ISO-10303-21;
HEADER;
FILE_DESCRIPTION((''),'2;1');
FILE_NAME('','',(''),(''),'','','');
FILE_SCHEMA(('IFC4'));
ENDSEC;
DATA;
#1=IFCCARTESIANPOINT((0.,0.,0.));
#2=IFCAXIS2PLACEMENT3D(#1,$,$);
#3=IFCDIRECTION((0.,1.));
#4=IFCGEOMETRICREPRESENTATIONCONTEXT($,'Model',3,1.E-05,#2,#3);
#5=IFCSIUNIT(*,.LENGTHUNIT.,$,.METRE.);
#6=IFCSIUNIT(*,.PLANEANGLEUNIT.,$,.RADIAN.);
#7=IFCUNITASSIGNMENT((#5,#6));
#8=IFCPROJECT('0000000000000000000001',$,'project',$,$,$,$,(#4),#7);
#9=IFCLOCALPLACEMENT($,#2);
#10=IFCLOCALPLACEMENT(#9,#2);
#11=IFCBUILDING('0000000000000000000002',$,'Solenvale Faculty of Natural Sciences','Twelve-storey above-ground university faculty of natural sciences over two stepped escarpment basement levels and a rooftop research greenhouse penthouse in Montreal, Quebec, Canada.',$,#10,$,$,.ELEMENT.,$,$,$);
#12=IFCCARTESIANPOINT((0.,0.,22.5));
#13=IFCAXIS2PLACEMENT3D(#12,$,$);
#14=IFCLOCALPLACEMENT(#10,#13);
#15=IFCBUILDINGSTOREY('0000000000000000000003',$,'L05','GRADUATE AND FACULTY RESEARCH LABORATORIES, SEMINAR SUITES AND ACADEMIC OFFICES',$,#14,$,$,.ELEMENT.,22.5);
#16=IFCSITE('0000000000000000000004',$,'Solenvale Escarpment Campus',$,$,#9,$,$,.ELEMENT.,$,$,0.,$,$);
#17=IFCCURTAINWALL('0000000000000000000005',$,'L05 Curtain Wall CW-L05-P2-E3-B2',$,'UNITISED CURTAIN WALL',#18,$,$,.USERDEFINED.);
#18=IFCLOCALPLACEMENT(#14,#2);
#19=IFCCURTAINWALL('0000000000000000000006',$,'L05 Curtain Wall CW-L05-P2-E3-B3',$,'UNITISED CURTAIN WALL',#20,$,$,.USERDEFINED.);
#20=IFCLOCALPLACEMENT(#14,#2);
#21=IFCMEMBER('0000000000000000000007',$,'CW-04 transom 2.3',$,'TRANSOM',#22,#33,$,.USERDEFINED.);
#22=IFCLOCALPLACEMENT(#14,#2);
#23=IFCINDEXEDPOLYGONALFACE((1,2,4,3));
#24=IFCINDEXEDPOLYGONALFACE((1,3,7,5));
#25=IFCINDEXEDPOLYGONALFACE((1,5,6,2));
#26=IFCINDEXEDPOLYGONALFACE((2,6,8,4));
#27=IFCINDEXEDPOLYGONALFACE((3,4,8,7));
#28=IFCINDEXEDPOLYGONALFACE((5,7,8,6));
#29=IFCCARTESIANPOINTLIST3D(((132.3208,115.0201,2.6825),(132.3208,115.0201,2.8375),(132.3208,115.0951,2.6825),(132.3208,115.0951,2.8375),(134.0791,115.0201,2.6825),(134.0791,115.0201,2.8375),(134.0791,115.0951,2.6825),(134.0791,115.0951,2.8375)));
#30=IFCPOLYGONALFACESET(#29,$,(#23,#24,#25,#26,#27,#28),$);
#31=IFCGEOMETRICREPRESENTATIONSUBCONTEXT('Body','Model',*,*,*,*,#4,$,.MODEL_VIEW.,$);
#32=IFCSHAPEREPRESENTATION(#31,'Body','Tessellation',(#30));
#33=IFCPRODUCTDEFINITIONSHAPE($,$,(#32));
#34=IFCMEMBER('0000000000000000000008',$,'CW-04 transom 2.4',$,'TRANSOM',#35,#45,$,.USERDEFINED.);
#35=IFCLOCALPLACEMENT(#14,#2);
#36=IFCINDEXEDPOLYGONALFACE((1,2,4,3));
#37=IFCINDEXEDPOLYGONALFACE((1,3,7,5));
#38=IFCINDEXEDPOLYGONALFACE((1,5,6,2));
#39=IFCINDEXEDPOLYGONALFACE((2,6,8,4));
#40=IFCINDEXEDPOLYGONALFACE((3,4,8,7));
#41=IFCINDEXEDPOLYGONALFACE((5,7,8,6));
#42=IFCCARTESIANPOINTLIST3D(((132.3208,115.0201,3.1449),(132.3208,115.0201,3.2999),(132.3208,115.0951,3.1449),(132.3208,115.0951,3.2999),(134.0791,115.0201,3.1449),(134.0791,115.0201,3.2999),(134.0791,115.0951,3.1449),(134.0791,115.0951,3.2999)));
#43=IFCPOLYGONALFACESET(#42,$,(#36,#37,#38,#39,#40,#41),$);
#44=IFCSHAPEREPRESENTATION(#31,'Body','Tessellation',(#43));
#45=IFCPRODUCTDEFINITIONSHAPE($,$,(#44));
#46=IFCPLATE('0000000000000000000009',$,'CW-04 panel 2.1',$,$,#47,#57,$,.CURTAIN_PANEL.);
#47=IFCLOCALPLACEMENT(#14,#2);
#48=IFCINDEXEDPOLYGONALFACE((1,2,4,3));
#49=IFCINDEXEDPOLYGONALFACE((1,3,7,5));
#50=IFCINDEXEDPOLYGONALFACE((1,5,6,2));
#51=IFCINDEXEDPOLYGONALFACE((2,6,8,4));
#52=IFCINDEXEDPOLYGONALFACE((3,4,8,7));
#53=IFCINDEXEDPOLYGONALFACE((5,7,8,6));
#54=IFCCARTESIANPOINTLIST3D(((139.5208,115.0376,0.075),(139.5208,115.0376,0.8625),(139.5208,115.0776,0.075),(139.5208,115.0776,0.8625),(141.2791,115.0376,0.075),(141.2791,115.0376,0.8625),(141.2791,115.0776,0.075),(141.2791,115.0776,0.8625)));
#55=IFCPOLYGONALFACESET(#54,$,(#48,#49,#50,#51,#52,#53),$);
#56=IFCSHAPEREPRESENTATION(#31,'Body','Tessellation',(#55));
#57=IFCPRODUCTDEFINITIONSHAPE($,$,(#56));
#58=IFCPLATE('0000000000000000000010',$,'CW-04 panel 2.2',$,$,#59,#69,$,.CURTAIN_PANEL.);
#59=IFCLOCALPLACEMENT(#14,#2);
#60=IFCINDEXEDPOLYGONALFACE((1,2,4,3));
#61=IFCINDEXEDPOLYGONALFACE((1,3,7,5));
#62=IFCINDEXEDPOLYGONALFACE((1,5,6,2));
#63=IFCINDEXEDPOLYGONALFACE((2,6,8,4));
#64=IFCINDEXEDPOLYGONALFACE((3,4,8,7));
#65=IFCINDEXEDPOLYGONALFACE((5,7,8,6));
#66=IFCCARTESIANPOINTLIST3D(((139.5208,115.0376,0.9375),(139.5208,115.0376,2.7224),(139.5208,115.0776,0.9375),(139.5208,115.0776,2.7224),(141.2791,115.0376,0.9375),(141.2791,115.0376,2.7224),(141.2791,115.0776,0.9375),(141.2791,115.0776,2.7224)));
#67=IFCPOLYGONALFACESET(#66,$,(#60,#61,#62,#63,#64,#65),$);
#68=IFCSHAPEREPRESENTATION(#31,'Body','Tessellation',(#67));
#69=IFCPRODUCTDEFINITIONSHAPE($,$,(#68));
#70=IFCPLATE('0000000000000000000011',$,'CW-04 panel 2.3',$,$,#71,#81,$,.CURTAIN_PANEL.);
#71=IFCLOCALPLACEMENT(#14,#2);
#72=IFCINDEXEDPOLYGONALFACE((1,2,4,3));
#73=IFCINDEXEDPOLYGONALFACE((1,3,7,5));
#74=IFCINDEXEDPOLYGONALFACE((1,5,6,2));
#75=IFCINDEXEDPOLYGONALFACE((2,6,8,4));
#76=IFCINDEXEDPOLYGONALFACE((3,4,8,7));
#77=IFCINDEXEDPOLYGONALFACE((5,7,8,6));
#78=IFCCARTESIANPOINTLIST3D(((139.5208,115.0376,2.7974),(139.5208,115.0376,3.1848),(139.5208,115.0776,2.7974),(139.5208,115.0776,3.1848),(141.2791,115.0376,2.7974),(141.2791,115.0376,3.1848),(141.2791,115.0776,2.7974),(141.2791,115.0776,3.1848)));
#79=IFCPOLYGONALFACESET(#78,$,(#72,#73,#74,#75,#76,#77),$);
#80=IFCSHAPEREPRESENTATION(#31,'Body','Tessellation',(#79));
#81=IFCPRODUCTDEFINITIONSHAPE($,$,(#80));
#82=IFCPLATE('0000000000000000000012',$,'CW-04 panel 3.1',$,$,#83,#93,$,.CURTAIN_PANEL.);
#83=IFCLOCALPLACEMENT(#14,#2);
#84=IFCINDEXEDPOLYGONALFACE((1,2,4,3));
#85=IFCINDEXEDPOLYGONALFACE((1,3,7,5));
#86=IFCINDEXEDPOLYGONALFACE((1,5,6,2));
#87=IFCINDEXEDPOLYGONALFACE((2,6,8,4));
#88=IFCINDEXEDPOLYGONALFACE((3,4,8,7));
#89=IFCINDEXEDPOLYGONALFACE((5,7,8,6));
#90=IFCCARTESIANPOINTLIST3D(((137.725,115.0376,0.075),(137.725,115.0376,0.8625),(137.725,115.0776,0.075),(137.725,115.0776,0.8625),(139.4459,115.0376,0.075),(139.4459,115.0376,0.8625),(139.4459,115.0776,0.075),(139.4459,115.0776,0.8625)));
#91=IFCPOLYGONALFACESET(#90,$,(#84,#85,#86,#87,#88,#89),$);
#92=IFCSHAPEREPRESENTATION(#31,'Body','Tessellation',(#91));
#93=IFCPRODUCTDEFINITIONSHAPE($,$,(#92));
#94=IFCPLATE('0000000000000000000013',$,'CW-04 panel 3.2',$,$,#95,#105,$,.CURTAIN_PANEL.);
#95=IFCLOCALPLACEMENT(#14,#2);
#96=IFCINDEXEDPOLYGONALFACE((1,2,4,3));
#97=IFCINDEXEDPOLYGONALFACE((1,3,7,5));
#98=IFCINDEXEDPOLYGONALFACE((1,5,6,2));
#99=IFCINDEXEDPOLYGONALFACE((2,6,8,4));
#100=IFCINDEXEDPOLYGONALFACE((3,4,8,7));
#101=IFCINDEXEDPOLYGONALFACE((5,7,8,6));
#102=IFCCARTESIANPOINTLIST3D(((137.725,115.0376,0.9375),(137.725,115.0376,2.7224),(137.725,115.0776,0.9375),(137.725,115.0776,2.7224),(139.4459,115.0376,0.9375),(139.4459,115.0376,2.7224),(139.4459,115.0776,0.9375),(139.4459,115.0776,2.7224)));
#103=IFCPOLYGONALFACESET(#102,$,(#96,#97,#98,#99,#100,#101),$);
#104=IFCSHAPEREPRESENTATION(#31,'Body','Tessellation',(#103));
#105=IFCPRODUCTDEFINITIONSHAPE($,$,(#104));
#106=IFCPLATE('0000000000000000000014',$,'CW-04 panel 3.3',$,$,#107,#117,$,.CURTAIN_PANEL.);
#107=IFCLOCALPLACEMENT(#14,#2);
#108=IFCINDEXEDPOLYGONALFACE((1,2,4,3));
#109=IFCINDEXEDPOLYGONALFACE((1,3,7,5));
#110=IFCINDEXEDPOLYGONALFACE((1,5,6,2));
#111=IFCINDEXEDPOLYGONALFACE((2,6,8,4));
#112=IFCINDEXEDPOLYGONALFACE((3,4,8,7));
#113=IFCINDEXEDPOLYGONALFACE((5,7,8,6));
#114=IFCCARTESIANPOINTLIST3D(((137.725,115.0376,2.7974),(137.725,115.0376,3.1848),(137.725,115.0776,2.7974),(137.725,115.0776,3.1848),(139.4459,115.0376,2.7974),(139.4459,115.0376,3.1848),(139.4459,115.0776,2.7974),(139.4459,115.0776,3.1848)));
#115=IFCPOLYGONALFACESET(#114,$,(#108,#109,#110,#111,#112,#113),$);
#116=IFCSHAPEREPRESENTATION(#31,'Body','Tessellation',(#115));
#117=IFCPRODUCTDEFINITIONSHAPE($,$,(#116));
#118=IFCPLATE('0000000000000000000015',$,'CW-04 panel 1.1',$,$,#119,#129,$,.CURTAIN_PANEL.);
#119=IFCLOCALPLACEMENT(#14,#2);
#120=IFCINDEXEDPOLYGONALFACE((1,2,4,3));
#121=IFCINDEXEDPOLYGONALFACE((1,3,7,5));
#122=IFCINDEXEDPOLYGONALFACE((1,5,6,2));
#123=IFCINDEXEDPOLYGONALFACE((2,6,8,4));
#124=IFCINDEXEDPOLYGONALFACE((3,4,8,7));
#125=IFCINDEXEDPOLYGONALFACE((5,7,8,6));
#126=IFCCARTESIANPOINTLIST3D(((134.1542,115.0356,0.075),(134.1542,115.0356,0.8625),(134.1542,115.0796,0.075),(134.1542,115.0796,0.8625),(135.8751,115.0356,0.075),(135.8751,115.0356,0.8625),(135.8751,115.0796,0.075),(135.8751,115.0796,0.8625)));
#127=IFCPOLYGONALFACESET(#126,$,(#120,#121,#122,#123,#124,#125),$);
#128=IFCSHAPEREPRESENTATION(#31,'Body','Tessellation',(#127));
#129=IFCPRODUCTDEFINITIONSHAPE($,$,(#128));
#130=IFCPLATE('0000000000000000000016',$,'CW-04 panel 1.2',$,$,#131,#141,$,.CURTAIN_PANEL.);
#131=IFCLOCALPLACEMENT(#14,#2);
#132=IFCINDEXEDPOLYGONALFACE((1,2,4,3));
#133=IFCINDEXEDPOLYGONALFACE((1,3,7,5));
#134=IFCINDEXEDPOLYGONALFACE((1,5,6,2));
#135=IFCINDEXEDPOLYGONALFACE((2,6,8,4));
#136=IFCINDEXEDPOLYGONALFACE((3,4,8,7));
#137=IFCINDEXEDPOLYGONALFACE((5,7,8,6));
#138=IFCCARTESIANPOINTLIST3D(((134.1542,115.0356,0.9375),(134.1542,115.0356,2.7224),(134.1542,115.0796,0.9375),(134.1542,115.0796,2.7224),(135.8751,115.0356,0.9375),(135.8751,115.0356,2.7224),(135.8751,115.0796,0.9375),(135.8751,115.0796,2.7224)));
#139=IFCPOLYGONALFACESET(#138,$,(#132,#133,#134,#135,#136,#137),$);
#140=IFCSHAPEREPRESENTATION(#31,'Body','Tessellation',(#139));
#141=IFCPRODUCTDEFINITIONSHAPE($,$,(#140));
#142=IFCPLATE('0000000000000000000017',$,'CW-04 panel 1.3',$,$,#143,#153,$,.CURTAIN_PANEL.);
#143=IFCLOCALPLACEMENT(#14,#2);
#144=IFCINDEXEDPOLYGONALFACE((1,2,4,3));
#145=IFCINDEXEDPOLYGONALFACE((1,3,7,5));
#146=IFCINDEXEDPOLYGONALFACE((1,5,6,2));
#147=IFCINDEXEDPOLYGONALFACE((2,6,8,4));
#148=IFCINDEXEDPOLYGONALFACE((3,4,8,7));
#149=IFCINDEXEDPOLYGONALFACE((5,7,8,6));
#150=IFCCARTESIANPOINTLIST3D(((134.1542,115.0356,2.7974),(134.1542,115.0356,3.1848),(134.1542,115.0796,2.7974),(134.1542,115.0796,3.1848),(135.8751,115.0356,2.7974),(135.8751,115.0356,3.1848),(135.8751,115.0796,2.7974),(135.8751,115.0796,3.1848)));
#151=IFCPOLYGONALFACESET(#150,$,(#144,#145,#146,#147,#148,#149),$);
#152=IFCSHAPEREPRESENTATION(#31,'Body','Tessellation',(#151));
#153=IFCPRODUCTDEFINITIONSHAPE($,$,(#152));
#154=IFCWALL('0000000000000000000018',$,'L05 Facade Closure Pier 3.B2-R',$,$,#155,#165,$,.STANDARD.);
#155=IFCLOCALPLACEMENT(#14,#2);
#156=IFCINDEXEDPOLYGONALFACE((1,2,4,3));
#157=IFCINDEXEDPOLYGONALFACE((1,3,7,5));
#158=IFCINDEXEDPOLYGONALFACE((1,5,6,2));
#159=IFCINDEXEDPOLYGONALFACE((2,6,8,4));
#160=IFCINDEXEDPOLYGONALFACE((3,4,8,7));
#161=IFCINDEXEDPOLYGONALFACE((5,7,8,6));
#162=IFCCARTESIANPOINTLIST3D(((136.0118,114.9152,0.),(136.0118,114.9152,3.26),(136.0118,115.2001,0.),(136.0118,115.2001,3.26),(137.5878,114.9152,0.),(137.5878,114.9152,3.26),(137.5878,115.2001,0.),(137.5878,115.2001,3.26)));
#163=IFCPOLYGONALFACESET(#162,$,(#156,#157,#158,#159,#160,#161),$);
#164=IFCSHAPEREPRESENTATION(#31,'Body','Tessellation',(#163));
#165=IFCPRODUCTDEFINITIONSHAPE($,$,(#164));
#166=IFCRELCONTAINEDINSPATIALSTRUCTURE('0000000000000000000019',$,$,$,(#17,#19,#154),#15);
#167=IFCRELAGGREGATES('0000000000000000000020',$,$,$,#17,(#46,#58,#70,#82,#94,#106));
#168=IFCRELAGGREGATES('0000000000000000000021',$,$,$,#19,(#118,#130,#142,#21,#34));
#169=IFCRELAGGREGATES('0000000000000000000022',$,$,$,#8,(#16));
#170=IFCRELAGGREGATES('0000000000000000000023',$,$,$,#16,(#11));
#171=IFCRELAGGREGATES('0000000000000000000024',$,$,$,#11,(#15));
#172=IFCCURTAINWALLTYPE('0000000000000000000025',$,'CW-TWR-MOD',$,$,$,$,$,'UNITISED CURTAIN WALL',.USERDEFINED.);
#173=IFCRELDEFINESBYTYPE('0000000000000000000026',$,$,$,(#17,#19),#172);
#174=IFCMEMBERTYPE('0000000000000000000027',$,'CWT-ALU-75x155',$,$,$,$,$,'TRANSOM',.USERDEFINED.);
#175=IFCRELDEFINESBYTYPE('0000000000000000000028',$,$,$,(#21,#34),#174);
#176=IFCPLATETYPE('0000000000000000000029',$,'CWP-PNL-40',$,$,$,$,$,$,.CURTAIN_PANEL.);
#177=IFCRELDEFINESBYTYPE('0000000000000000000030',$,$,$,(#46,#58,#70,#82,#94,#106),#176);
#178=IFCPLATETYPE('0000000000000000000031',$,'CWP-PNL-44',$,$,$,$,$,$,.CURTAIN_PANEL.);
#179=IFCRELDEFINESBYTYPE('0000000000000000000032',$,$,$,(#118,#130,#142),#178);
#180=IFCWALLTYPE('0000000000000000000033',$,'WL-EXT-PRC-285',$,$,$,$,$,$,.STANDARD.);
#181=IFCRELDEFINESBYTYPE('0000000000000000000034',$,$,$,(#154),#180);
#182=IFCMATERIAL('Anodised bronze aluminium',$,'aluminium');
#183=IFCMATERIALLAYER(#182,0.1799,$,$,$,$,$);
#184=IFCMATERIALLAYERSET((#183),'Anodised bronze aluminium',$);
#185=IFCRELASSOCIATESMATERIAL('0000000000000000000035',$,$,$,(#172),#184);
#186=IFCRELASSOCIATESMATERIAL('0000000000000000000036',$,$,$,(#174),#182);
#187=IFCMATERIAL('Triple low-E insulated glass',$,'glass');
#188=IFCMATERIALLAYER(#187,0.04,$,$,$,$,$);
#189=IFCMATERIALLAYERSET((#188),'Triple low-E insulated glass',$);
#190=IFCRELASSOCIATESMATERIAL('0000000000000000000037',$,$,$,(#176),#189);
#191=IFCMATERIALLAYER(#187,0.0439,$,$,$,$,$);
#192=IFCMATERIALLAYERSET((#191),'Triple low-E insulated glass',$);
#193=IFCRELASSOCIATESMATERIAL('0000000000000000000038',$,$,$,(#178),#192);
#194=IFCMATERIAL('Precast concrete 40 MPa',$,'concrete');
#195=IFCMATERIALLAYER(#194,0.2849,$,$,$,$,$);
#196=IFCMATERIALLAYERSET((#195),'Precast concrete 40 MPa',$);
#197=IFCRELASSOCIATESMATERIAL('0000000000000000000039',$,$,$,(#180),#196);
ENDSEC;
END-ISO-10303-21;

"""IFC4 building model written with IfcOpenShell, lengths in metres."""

from ifc_helpers import new_model, si_unit, direction, frame, frame_2d, origin, origin_2d, place, context, subcontext, project, spatial, rectangle, extrude, material, layer, layer_set, material_profile, profile_set, type_object, element, aggregate, save


model = new_model("IFC4")

# Units and contexts
model_context = context("Model", 3, precision=1e-05, world=origin(), true_north=direction((0.0, 1.0)))
body_context = subcontext(model_context, "Body", "Model", "MODEL_VIEW")
ifc_project = project(units=[si_unit("LENGTHUNIT", "METRE"), si_unit("PLANEANGLEUNIT", "RADIAN")], contexts=[model_context])

# Site, building, storey
site_placement = place(None, origin())
site = spatial("IfcSite", under=ifc_project, at=site_placement, Name="Solenvale Escarpment Campus", CompositionType="ELEMENT", RefElevation=0.0)
building_placement = place(site_placement, origin())
building = spatial("IfcBuilding", under=site, at=building_placement, Name="Solenvale Faculty of Natural Sciences", Description="Twelve-storey above-ground university faculty of natural sciences over two stepped escarpment basement levels and a rooftop research greenhouse penthouse in Montreal, Quebec, Canada.", CompositionType="ELEMENT")
storey_placement = place(building_placement, frame((0.0, 0.0, 22.5)))
storey = spatial("IfcBuildingStorey", under=building, at=storey_placement, Name="L05", Description="GRADUATE AND FACULTY RESEARCH LABORATORIES, SEMINAR SUITES AND ACADEMIC OFFICES", CompositionType="ELEMENT", Elevation=22.5)

# Shared definitions
ifc_material_1 = material(Name="Precast concrete 40 MPa", Category="concrete")

# Curtain walls
ifc_material_2 = material(Name="Anodised bronze aluminium", Category="aluminium")
ifc_layer_1 = layer(ifc_material_2, 0.1799)
ifc_layer_set_1 = layer_set([ifc_layer_1], Name="Anodised bronze aluminium")
curtain_wall_type = type_object("IfcCurtainWallType", Name="CW-TWR-MOD", ElementType="UNITISED CURTAIN WALL", PredefinedType="USERDEFINED", material=ifc_layer_set_1)
curtain_wall_1_placement = place(storey_placement, origin())
curtain_wall_1 = element("IfcCurtainWall", 1, at=curtain_wall_1_placement, inside=storey, type_object=curtain_wall_type, Name="L05 Curtain Wall CW-L05-P2-E3-B2", ObjectType="UNITISED CURTAIN WALL", PredefinedType="USERDEFINED")
curtain_wall_2_placement = place(storey_placement, origin())
curtain_wall_2 = element("IfcCurtainWall", 2, at=curtain_wall_2_placement, inside=storey, type_object=curtain_wall_type, Name="L05 Curtain Wall CW-L05-P2-E3-B3", ObjectType="UNITISED CURTAIN WALL", PredefinedType="USERDEFINED")

# Members
ifc_material_profile_1 = material_profile(ifc_material_2, rectangle(XDim=0.075, YDim=0.155, at=origin_2d()), Name="ALU-TRN-75x155")
ifc_profile_set_1 = profile_set([ifc_material_profile_1], Name="Anodised bronze aluminium")
member_type_1 = type_object("IfcMemberType", Name="CWT-ALU-75x155", ElementType="TRANSOM", PredefinedType="USERDEFINED", material=ifc_profile_set_1)
member_1_placement = place(storey_placement, frame((134.0791, 115.0576, 2.76), z_axis=(-1.0, 0.0, 0.0), x_axis=(0.0, -1.0, 0.0)))
member_1 = element("IfcMember", 3, at=member_1_placement, type_object=member_type_1, Name="CW-04 transom 2.3", ObjectType="TRANSOM", PredefinedType="USERDEFINED", context=body_context, shape_type="SweptSolid", body=[
    extrude(rectangle(XDim=0.075, YDim=0.155, at=origin_2d()), origin(), (0.0, 0.0, 1.0), 1.7583),
])
member_2_placement = place(storey_placement, frame((134.0791, 115.0576, 3.2224), z_axis=(-1.0, 0.0, 0.0), x_axis=(0.0, -1.0, 0.0)))
member_2 = element("IfcMember", 4, at=member_2_placement, type_object=member_type_1, Name="CW-04 transom 2.4", ObjectType="TRANSOM", PredefinedType="USERDEFINED", context=body_context, shape_type="SweptSolid", body=[
    extrude(rectangle(XDim=0.075, YDim=0.155, at=origin_2d()), origin(), (0.0, 0.0, 1.0), 1.7583),
])

# Plates
ifc_material_3 = material(Name="Triple low-E insulated glass", Category="glass")
ifc_layer_2 = layer(ifc_material_3, 0.04)
ifc_layer_set_2 = layer_set([ifc_layer_2], Name="Triple low-E insulated glass")
plate_type_1 = type_object("IfcPlateType", Name="CWP-PNL-40", PredefinedType="CURTAIN_PANEL", material=ifc_layer_set_2)
plate_1_placement = place(storey_placement, frame((140.3999, 115.0576, 0.075), z_axis=(0.0, 0.0, 1.0), x_axis=(-1.0, 0.0, 0.0)))
plate_1 = element("IfcPlate", 5, at=plate_1_placement, type_object=plate_type_1, Name="CW-04 panel 2.1", PredefinedType="CURTAIN_PANEL", context=body_context, shape_type="SweptSolid", body=[
    extrude(rectangle(XDim=1.7583, YDim=0.04, at=origin_2d()), origin(), (0.0, 0.0, 1.0), 0.7876),
])
plate_2_placement = place(storey_placement, frame((140.3999, 115.0576, 0.9375), z_axis=(0.0, 0.0, 1.0), x_axis=(-1.0, 0.0, 0.0)))
plate_2 = element("IfcPlate", 6, at=plate_2_placement, type_object=plate_type_1, Name="CW-04 panel 2.2", PredefinedType="CURTAIN_PANEL", context=body_context, shape_type="SweptSolid", body=[
    extrude(rectangle(XDim=1.7583, YDim=0.04, at=origin_2d()), origin(), (0.0, 0.0, 1.0), 1.7849),
])
plate_3_placement = place(storey_placement, frame((140.3999, 115.0576, 2.7974), z_axis=(0.0, 0.0, 1.0), x_axis=(-1.0, 0.0, 0.0)))
plate_3 = element("IfcPlate", 7, at=plate_3_placement, type_object=plate_type_1, Name="CW-04 panel 2.3", PredefinedType="CURTAIN_PANEL", context=body_context, shape_type="SweptSolid", body=[
    extrude(rectangle(XDim=1.7583, YDim=0.04, at=origin_2d()), origin(), (0.0, 0.0, 1.0), 0.3875),
])
plate_4_placement = place(storey_placement, frame((138.5854, 115.0576, 0.075), z_axis=(0.0, 0.0, 1.0), x_axis=(-1.0, 0.0, 0.0)))
plate_4 = element("IfcPlate", 8, at=plate_4_placement, type_object=plate_type_1, Name="CW-04 panel 3.1", PredefinedType="CURTAIN_PANEL", context=body_context, shape_type="SweptSolid", body=[
    extrude(rectangle(XDim=1.7209, YDim=0.04, at=origin_2d()), origin(), (0.0, 0.0, 1.0), 0.7876),
])
plate_5_placement = place(storey_placement, frame((138.5854, 115.0576, 0.9375), z_axis=(0.0, 0.0, 1.0), x_axis=(-1.0, 0.0, 0.0)))
plate_5 = element("IfcPlate", 9, at=plate_5_placement, type_object=plate_type_1, Name="CW-04 panel 3.2", PredefinedType="CURTAIN_PANEL", context=body_context, shape_type="SweptSolid", body=[
    extrude(rectangle(XDim=1.7209, YDim=0.04, at=origin_2d()), origin(), (0.0, 0.0, 1.0), 1.7849),
])
plate_6_placement = place(storey_placement, frame((138.5854, 115.0576, 2.7974), z_axis=(0.0, 0.0, 1.0), x_axis=(-1.0, 0.0, 0.0)))
plate_6 = element("IfcPlate", 10, at=plate_6_placement, type_object=plate_type_1, Name="CW-04 panel 3.3", PredefinedType="CURTAIN_PANEL", context=body_context, shape_type="SweptSolid", body=[
    extrude(rectangle(XDim=1.7209, YDim=0.04, at=origin_2d()), origin(), (0.0, 0.0, 1.0), 0.3875),
])
aggregate(curtain_wall_1, [plate_1, plate_2, plate_3, plate_4, plate_5, plate_6])
ifc_layer_3 = layer(ifc_material_3, 0.0439)
ifc_layer_set_3 = layer_set([ifc_layer_3], Name="Triple low-E insulated glass")
plate_type_2 = type_object("IfcPlateType", Name="CWP-PNL-44", PredefinedType="CURTAIN_PANEL", material=ifc_layer_set_3)
plate_7_placement = place(storey_placement, frame((135.0146, 115.0576, 0.075), z_axis=(0.0, 0.0, 1.0), x_axis=(-1.0, 0.0, 0.0)))
plate_7 = element("IfcPlate", 11, at=plate_7_placement, type_object=plate_type_2, Name="CW-04 panel 1.1", PredefinedType="CURTAIN_PANEL", context=body_context, shape_type="SweptSolid", body=[
    extrude(rectangle(XDim=1.7209, YDim=0.0439, at=origin_2d()), origin(), (0.0, 0.0, 1.0), 0.7876),
])
plate_8_placement = place(storey_placement, frame((135.0146, 115.0576, 0.9375), z_axis=(0.0, 0.0, 1.0), x_axis=(-1.0, 0.0, 0.0)))
plate_8 = element("IfcPlate", 12, at=plate_8_placement, type_object=plate_type_2, Name="CW-04 panel 1.2", PredefinedType="CURTAIN_PANEL", context=body_context, shape_type="SweptSolid", body=[
    extrude(rectangle(XDim=1.7209, YDim=0.0439, at=origin_2d()), origin(), (0.0, 0.0, 1.0), 1.7849),
])
plate_9_placement = place(storey_placement, frame((135.0146, 115.0576, 2.7974), z_axis=(0.0, 0.0, 1.0), x_axis=(-1.0, 0.0, 0.0)))
plate_9 = element("IfcPlate", 13, at=plate_9_placement, type_object=plate_type_2, Name="CW-04 panel 1.3", PredefinedType="CURTAIN_PANEL", context=body_context, shape_type="SweptSolid", body=[
    extrude(rectangle(XDim=1.7209, YDim=0.0439, at=origin_2d()), origin(), (0.0, 0.0, 1.0), 0.3875),
])
aggregate(curtain_wall_2, [plate_7, plate_8, plate_9, member_1, member_2])

# Wall
ifc_layer_4 = layer(ifc_material_1, 0.2849)
ifc_layer_set_4 = layer_set([ifc_layer_4], Name="Precast concrete 40 MPa")
wall_type = type_object("IfcWallType", Name="WL-EXT-PRC-285", PredefinedType="STANDARD", material=ifc_layer_set_4)
wall_placement = place(storey_placement, frame((137.5879, 115.0576, 0.0), z_axis=(0.0, 0.0, 1.0), x_axis=(-1.0, 0.0, 0.0)))
element("IfcWall", 14, at=wall_placement, inside=storey, type_object=wall_type, Name="L05 Facade Closure Pier 3.B2-R", PredefinedType="STANDARD", context=body_context, shape_type="SweptSolid", body=[
    extrude(rectangle(XDim=1.5759, YDim=0.2849, at=frame_2d((0.7881, 0.0))), origin(), (0.0, 0.0, 1.0), 3.26),
])

save(model, "model.ifc")
